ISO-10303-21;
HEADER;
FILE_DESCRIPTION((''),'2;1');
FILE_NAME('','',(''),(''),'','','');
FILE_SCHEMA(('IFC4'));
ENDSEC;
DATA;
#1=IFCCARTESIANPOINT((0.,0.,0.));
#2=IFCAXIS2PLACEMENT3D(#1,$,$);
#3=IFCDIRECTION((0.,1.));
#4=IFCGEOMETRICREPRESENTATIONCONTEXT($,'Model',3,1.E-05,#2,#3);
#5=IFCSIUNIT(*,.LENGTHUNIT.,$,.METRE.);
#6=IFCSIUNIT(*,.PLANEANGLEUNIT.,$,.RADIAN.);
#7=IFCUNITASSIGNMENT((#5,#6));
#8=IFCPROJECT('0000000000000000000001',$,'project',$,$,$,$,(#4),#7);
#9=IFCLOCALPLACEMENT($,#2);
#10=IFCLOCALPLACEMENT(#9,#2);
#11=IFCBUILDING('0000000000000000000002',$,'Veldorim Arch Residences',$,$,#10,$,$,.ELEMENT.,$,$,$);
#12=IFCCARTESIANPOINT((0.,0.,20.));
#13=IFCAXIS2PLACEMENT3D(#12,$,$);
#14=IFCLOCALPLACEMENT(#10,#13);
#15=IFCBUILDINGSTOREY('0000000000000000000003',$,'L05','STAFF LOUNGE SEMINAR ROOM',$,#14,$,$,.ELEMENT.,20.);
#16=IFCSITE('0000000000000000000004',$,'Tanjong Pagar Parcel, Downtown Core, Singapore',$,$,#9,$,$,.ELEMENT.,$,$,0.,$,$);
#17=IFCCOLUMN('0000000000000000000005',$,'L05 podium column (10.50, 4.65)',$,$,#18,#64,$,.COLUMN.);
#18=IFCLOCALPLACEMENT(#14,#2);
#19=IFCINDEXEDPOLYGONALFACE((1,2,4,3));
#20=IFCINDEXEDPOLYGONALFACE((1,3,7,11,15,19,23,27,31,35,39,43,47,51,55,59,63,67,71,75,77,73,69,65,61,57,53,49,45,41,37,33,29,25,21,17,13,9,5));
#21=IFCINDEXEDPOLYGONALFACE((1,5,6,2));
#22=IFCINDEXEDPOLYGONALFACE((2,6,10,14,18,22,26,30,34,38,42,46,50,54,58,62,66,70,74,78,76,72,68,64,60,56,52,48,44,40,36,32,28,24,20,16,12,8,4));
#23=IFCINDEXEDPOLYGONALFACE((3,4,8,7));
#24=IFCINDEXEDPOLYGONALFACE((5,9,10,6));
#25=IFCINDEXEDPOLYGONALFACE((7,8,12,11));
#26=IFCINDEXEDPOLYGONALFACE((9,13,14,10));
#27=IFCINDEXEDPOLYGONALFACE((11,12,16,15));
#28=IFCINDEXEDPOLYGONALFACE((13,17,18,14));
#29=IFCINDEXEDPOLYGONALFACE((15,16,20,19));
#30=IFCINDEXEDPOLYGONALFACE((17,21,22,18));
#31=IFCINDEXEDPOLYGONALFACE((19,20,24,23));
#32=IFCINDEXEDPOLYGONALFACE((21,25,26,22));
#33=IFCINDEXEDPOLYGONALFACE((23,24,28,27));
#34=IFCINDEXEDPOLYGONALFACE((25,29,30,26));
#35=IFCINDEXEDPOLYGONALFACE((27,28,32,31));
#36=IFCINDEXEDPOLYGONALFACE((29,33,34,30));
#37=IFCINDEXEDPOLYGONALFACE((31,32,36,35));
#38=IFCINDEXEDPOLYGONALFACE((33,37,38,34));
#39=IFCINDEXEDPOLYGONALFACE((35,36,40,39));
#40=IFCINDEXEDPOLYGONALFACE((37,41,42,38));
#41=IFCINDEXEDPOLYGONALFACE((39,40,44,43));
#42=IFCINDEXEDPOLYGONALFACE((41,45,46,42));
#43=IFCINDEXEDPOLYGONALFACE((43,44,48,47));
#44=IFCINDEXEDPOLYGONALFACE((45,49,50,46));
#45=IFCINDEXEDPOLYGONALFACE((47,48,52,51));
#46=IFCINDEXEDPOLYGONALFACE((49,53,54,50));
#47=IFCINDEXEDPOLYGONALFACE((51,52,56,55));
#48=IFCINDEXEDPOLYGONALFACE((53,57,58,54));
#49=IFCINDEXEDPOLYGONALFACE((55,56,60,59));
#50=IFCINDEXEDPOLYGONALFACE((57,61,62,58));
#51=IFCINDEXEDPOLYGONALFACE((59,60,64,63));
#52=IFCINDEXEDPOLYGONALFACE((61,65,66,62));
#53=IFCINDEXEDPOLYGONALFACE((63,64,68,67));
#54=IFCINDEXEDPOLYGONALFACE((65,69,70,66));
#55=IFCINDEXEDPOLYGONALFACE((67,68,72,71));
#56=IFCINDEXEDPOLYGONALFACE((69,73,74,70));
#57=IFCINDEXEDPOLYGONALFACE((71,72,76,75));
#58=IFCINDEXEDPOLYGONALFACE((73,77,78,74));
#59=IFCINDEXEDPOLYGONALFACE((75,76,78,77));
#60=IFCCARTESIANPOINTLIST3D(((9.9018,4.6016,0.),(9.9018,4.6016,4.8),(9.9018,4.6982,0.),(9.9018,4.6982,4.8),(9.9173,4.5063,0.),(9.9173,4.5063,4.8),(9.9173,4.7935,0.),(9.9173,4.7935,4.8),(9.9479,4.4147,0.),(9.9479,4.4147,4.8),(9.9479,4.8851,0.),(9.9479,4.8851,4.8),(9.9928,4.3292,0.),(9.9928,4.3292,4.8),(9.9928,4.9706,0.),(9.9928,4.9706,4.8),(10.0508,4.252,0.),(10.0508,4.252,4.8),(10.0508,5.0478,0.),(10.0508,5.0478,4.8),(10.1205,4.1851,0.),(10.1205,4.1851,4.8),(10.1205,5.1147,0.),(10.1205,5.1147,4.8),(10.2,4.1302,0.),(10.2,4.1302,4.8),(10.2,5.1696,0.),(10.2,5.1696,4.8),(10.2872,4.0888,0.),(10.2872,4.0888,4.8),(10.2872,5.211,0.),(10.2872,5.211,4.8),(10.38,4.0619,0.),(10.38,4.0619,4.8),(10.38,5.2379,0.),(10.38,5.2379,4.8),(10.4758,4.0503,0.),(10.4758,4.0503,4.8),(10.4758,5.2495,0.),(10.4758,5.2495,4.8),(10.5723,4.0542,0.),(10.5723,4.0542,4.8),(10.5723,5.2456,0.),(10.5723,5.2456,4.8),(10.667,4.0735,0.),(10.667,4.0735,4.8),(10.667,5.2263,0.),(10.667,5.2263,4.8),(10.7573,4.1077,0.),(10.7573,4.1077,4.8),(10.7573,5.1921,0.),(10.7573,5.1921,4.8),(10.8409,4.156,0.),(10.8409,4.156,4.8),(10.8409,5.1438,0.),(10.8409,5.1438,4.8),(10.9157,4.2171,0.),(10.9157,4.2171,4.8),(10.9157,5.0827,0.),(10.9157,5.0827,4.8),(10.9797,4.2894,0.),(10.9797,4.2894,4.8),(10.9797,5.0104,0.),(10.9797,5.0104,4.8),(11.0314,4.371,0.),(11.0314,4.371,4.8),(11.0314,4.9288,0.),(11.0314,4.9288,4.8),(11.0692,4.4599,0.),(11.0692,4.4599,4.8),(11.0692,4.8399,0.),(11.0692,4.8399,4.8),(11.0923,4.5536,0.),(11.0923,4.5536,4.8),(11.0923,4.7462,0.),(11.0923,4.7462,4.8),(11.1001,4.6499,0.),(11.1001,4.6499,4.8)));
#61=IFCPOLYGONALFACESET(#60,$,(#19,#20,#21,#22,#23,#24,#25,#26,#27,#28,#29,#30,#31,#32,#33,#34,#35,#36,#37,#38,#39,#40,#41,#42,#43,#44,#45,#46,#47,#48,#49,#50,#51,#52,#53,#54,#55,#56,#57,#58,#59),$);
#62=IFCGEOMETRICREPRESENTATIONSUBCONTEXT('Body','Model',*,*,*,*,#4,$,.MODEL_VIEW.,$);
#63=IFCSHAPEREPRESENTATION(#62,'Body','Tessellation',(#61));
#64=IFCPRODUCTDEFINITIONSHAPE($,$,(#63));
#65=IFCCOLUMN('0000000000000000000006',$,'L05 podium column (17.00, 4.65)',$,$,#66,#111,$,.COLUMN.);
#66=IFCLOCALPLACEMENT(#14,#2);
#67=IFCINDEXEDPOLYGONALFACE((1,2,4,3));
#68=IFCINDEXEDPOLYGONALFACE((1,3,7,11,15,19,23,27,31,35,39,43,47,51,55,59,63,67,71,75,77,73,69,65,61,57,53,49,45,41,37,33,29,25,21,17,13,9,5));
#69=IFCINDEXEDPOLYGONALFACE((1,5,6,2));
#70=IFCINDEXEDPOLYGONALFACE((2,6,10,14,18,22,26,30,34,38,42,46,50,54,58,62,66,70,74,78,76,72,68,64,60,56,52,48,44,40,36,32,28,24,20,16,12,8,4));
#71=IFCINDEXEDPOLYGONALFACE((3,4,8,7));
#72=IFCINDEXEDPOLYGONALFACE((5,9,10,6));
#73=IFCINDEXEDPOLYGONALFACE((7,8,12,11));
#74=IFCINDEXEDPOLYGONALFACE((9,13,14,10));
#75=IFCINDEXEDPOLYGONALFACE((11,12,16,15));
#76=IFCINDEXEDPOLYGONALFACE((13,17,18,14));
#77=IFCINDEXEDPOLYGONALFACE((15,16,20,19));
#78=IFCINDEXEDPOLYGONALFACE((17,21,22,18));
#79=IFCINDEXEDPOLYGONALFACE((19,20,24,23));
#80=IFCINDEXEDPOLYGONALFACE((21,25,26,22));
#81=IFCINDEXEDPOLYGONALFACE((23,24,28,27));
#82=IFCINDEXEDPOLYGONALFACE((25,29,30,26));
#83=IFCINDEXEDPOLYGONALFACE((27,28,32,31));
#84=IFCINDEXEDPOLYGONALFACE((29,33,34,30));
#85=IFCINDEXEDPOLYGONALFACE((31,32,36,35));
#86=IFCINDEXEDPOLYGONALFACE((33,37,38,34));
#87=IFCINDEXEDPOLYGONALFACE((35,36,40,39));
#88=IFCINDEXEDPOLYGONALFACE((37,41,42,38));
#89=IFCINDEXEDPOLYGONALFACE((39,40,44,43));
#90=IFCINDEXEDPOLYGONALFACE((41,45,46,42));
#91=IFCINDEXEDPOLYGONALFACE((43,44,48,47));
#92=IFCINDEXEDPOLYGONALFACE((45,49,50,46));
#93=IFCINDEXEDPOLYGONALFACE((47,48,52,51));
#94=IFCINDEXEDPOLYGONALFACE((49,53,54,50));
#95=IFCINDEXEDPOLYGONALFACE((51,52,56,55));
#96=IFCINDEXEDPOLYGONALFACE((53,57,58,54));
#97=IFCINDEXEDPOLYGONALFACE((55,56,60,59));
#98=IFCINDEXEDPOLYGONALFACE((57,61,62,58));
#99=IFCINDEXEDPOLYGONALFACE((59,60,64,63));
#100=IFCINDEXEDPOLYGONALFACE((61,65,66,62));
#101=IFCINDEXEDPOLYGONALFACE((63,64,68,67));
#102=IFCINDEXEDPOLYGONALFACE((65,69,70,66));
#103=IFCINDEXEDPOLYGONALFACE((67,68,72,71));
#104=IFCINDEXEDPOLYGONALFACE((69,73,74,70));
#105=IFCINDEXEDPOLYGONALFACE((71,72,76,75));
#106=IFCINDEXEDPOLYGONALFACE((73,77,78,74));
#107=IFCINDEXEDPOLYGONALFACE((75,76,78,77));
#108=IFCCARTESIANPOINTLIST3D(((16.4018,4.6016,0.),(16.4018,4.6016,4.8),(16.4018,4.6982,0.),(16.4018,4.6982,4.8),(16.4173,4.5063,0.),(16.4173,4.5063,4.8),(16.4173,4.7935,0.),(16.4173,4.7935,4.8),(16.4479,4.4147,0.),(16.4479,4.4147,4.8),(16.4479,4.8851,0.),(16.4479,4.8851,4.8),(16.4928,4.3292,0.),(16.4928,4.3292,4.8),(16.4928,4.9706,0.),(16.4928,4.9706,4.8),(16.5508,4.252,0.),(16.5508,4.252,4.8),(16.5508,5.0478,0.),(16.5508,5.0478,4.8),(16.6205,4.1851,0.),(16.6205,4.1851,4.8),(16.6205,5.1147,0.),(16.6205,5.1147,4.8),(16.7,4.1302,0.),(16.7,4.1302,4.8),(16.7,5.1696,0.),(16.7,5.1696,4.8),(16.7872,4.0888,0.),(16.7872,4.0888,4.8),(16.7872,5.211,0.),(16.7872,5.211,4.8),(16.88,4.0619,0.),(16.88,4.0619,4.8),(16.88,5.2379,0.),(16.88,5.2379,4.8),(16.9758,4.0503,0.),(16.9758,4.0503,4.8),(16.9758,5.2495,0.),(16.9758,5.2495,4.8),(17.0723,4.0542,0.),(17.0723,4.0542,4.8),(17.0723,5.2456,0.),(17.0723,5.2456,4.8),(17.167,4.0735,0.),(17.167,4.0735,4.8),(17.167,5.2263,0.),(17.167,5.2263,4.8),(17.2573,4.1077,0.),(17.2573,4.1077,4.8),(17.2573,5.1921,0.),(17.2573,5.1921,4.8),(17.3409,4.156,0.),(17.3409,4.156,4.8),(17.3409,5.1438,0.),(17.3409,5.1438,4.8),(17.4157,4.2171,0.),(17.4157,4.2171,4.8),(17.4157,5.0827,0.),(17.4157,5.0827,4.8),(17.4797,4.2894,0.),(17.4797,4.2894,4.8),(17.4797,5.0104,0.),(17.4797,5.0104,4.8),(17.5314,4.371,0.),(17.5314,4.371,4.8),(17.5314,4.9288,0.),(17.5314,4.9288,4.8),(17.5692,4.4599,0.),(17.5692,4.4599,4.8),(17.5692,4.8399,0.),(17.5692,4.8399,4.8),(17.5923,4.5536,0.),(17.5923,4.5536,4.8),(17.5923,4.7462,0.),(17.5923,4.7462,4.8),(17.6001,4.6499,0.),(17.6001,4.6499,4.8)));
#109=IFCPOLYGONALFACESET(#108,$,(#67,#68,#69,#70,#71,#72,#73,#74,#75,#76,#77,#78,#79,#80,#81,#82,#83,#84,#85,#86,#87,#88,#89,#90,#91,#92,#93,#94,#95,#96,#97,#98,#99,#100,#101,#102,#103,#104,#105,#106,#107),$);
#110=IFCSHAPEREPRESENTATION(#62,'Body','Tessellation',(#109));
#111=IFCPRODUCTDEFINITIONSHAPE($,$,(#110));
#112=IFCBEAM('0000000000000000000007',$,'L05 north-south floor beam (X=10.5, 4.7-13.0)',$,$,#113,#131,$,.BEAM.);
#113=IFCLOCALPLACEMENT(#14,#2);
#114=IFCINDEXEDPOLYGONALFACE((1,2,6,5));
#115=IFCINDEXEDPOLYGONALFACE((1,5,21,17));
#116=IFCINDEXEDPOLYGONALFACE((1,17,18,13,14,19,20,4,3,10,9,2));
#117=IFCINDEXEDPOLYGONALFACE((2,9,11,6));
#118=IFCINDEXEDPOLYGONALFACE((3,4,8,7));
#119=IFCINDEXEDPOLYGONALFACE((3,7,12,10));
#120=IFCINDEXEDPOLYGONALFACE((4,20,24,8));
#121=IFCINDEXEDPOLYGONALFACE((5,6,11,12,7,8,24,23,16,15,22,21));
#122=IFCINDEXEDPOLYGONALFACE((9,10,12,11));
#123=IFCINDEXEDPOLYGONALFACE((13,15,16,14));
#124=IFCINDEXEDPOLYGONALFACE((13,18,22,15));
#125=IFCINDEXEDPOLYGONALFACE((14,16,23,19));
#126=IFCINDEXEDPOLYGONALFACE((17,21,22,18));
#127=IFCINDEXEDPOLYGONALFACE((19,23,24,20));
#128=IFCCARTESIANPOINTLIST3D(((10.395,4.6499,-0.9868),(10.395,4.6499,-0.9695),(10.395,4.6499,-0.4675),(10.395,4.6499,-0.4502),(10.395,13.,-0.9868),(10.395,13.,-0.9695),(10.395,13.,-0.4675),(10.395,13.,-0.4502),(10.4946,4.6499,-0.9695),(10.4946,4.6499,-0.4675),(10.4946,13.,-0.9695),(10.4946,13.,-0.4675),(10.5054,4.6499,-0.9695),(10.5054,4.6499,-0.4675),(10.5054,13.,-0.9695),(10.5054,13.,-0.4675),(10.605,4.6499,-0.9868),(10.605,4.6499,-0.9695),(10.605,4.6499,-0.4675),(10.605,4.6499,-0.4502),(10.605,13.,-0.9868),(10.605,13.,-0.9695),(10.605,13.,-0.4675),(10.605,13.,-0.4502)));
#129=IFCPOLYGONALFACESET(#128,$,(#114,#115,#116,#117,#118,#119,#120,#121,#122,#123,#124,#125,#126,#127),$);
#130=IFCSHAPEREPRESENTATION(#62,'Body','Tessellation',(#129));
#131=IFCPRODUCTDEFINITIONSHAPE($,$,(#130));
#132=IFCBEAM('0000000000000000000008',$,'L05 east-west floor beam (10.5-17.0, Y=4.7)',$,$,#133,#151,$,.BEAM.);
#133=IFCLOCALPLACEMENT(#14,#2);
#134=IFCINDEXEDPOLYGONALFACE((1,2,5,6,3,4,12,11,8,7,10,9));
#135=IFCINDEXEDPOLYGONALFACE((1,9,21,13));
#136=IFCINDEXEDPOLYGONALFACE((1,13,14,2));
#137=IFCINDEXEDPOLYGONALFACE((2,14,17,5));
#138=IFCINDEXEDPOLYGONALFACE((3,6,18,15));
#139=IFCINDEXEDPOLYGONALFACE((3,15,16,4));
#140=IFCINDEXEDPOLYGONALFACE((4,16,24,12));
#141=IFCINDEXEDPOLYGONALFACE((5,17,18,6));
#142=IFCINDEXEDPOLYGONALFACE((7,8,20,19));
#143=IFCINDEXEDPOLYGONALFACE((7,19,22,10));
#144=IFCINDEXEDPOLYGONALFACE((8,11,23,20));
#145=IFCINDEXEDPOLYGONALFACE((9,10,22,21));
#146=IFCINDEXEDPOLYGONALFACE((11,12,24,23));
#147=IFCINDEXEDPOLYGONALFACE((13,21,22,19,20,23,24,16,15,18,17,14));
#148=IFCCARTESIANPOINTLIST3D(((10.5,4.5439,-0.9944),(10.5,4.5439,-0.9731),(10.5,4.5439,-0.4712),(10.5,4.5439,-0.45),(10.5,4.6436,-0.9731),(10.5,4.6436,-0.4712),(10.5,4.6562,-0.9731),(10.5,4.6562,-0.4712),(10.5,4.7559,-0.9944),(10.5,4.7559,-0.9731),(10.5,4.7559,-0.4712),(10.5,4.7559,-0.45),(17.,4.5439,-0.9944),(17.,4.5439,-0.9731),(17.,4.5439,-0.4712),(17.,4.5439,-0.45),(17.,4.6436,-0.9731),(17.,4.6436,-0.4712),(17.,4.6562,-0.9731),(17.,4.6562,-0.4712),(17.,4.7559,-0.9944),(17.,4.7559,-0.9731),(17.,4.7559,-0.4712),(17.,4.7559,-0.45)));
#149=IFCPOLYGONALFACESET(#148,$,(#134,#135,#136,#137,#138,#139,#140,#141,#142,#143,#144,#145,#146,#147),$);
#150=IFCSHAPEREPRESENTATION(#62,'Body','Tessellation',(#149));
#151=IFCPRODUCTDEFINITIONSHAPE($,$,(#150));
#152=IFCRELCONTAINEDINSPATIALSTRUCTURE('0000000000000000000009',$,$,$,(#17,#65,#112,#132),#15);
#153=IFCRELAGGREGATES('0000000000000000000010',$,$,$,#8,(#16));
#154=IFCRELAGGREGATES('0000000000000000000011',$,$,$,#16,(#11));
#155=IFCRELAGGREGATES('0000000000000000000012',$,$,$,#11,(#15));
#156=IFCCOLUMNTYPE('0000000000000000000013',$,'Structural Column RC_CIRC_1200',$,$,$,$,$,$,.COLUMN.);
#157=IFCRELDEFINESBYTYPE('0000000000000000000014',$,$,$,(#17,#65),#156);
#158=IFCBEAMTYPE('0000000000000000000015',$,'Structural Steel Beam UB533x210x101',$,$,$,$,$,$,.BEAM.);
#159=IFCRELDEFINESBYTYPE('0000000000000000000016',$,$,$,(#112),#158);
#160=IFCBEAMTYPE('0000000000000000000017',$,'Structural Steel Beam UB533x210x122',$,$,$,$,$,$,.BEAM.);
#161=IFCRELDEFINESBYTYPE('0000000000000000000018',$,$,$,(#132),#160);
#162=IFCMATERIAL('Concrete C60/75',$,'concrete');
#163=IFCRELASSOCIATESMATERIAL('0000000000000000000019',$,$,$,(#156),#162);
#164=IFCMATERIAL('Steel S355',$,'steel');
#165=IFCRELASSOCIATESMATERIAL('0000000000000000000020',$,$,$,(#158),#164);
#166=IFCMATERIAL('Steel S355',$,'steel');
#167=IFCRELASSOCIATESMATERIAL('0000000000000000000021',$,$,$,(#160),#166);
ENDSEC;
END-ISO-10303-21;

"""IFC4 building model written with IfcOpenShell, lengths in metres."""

from ifc_helpers import new_model, si_unit, direction, frame, origin, origin_2d, place, context, subcontext, project, spatial, circle, i_section, extrude, material, material_profile, profile_set, type_object, element, save


model = new_model("IFC4")

# Units and contexts
model_context = context("Model", 3, precision=1e-05, world=origin(), true_north=direction((0.0, 1.0)))
body_context = subcontext(model_context, "Body", "Model", "MODEL_VIEW")
ifc_project = project(units=[si_unit("LENGTHUNIT", "METRE"), si_unit("PLANEANGLEUNIT", "RADIAN")], contexts=[model_context])

# Site, building, storey
site_placement = place(None, origin())
site = spatial("IfcSite", under=ifc_project, at=site_placement, Name="Tanjong Pagar Parcel, Downtown Core, Singapore", CompositionType="ELEMENT", RefElevation=0.0)
building_placement = place(site_placement, origin())
building = spatial("IfcBuilding", under=site, at=building_placement, Name="Veldorim Arch Residences", CompositionType="ELEMENT")
storey_placement = place(building_placement, frame((0.0, 0.0, 20.0)))
storey = spatial("IfcBuildingStorey", under=building, at=storey_placement, Name="L05", Description="STAFF LOUNGE SEMINAR ROOM", CompositionType="ELEMENT", Elevation=20.0)

# Columns
ifc_material_1 = material(Name="Concrete C60/75", Category="concrete")
ifc_material_profile_1 = material_profile(ifc_material_1, circle(Radius=0.6001, at=origin_2d()), Name="RC_CIRC_1200")
ifc_profile_set_1 = profile_set([ifc_material_profile_1], Name="Concrete C60/75")
column_type = type_object("IfcColumnType", Name="Structural Column RC_CIRC_1200", PredefinedType="COLUMN", material=ifc_profile_set_1)
for number, where, z_axis, x_axis, name in (
    (1, (10.5, 4.6499, 0.0), (0.0, 0.0, 1.0), (1.0, 0.0, 0.0), "L05 podium column (10.50, 4.65)"),
    (2, (17.0, 4.6499, 0.0), (0.0, 0.0, 1.0), (1.0, 0.0, 0.0), "L05 podium column (17.00, 4.65)"),
):
    element("IfcColumn", number, at=place(storey_placement, frame(where, z_axis=z_axis, x_axis=x_axis)), inside=storey, type_object=column_type, Name=name, PredefinedType="COLUMN", context=body_context, shape_type="SweptSolid", body=[
        extrude(circle(Radius=0.6001, at=origin_2d()), origin(), (0.0, 0.0, 1.0), 4.8),
    ])

# Beams
ifc_material_2 = material(Name="Steel S355", Category="steel")
ifc_material_profile_2 = material_profile(ifc_material_2, i_section(OverallWidth=0.21, OverallDepth=0.5366, WebThickness=0.0107, FlangeThickness=0.0173, at=origin_2d()), Name="UB533x210x101")
ifc_profile_set_2 = profile_set([ifc_material_profile_2], Name="Steel S355")
beam_type_1 = type_object("IfcBeamType", Name="Structural Steel Beam UB533x210x101", PredefinedType="BEAM", material=ifc_profile_set_2)
beam_1_placement = place(storey_placement, frame((10.5, 4.6499, -0.7185), z_axis=(0.0, 1.0, 0.0), x_axis=(-1.0, 0.0, 0.0)))
element("IfcBeam", 3, at=beam_1_placement, inside=storey, type_object=beam_type_1, Name="L05 north-south floor beam (X=10.5, 4.7-13.0)", PredefinedType="BEAM", context=body_context, shape_type="SweptSolid", body=[
    extrude(i_section(OverallWidth=0.21, OverallDepth=0.5366, WebThickness=0.0107, FlangeThickness=0.0173, at=origin_2d()), origin(), (0.0, 0.0, 1.0), 8.3501),
])
ifc_material_3 = material(Name="Steel S355", Category="steel")
ifc_material_profile_3 = material_profile(ifc_material_3, i_section(OverallWidth=0.2119, OverallDepth=0.5444, WebThickness=0.0127, FlangeThickness=0.0212, at=origin_2d()), Name="UB533x210x122")
ifc_profile_set_3 = profile_set([ifc_material_profile_3], Name="Steel S355")
beam_type_2 = type_object("IfcBeamType", Name="Structural Steel Beam UB533x210x122", PredefinedType="BEAM", material=ifc_profile_set_3)
beam_2_placement = place(storey_placement, frame((10.5, 4.6499, -0.7222), z_axis=(1.0, 0.0, 0.0), x_axis=(0.0, 1.0, 0.0)))
element("IfcBeam", 4, at=beam_2_placement, inside=storey, type_object=beam_type_2, Name="L05 east-west floor beam (10.5-17.0, Y=4.7)", PredefinedType="BEAM", context=body_context, shape_type="SweptSolid", body=[
    extrude(i_section(OverallWidth=0.2119, OverallDepth=0.5444, WebThickness=0.0127, FlangeThickness=0.0212, at=origin_2d()), origin(), (0.0, 0.0, 1.0), 6.5),
])

save(model, "model.ifc")
